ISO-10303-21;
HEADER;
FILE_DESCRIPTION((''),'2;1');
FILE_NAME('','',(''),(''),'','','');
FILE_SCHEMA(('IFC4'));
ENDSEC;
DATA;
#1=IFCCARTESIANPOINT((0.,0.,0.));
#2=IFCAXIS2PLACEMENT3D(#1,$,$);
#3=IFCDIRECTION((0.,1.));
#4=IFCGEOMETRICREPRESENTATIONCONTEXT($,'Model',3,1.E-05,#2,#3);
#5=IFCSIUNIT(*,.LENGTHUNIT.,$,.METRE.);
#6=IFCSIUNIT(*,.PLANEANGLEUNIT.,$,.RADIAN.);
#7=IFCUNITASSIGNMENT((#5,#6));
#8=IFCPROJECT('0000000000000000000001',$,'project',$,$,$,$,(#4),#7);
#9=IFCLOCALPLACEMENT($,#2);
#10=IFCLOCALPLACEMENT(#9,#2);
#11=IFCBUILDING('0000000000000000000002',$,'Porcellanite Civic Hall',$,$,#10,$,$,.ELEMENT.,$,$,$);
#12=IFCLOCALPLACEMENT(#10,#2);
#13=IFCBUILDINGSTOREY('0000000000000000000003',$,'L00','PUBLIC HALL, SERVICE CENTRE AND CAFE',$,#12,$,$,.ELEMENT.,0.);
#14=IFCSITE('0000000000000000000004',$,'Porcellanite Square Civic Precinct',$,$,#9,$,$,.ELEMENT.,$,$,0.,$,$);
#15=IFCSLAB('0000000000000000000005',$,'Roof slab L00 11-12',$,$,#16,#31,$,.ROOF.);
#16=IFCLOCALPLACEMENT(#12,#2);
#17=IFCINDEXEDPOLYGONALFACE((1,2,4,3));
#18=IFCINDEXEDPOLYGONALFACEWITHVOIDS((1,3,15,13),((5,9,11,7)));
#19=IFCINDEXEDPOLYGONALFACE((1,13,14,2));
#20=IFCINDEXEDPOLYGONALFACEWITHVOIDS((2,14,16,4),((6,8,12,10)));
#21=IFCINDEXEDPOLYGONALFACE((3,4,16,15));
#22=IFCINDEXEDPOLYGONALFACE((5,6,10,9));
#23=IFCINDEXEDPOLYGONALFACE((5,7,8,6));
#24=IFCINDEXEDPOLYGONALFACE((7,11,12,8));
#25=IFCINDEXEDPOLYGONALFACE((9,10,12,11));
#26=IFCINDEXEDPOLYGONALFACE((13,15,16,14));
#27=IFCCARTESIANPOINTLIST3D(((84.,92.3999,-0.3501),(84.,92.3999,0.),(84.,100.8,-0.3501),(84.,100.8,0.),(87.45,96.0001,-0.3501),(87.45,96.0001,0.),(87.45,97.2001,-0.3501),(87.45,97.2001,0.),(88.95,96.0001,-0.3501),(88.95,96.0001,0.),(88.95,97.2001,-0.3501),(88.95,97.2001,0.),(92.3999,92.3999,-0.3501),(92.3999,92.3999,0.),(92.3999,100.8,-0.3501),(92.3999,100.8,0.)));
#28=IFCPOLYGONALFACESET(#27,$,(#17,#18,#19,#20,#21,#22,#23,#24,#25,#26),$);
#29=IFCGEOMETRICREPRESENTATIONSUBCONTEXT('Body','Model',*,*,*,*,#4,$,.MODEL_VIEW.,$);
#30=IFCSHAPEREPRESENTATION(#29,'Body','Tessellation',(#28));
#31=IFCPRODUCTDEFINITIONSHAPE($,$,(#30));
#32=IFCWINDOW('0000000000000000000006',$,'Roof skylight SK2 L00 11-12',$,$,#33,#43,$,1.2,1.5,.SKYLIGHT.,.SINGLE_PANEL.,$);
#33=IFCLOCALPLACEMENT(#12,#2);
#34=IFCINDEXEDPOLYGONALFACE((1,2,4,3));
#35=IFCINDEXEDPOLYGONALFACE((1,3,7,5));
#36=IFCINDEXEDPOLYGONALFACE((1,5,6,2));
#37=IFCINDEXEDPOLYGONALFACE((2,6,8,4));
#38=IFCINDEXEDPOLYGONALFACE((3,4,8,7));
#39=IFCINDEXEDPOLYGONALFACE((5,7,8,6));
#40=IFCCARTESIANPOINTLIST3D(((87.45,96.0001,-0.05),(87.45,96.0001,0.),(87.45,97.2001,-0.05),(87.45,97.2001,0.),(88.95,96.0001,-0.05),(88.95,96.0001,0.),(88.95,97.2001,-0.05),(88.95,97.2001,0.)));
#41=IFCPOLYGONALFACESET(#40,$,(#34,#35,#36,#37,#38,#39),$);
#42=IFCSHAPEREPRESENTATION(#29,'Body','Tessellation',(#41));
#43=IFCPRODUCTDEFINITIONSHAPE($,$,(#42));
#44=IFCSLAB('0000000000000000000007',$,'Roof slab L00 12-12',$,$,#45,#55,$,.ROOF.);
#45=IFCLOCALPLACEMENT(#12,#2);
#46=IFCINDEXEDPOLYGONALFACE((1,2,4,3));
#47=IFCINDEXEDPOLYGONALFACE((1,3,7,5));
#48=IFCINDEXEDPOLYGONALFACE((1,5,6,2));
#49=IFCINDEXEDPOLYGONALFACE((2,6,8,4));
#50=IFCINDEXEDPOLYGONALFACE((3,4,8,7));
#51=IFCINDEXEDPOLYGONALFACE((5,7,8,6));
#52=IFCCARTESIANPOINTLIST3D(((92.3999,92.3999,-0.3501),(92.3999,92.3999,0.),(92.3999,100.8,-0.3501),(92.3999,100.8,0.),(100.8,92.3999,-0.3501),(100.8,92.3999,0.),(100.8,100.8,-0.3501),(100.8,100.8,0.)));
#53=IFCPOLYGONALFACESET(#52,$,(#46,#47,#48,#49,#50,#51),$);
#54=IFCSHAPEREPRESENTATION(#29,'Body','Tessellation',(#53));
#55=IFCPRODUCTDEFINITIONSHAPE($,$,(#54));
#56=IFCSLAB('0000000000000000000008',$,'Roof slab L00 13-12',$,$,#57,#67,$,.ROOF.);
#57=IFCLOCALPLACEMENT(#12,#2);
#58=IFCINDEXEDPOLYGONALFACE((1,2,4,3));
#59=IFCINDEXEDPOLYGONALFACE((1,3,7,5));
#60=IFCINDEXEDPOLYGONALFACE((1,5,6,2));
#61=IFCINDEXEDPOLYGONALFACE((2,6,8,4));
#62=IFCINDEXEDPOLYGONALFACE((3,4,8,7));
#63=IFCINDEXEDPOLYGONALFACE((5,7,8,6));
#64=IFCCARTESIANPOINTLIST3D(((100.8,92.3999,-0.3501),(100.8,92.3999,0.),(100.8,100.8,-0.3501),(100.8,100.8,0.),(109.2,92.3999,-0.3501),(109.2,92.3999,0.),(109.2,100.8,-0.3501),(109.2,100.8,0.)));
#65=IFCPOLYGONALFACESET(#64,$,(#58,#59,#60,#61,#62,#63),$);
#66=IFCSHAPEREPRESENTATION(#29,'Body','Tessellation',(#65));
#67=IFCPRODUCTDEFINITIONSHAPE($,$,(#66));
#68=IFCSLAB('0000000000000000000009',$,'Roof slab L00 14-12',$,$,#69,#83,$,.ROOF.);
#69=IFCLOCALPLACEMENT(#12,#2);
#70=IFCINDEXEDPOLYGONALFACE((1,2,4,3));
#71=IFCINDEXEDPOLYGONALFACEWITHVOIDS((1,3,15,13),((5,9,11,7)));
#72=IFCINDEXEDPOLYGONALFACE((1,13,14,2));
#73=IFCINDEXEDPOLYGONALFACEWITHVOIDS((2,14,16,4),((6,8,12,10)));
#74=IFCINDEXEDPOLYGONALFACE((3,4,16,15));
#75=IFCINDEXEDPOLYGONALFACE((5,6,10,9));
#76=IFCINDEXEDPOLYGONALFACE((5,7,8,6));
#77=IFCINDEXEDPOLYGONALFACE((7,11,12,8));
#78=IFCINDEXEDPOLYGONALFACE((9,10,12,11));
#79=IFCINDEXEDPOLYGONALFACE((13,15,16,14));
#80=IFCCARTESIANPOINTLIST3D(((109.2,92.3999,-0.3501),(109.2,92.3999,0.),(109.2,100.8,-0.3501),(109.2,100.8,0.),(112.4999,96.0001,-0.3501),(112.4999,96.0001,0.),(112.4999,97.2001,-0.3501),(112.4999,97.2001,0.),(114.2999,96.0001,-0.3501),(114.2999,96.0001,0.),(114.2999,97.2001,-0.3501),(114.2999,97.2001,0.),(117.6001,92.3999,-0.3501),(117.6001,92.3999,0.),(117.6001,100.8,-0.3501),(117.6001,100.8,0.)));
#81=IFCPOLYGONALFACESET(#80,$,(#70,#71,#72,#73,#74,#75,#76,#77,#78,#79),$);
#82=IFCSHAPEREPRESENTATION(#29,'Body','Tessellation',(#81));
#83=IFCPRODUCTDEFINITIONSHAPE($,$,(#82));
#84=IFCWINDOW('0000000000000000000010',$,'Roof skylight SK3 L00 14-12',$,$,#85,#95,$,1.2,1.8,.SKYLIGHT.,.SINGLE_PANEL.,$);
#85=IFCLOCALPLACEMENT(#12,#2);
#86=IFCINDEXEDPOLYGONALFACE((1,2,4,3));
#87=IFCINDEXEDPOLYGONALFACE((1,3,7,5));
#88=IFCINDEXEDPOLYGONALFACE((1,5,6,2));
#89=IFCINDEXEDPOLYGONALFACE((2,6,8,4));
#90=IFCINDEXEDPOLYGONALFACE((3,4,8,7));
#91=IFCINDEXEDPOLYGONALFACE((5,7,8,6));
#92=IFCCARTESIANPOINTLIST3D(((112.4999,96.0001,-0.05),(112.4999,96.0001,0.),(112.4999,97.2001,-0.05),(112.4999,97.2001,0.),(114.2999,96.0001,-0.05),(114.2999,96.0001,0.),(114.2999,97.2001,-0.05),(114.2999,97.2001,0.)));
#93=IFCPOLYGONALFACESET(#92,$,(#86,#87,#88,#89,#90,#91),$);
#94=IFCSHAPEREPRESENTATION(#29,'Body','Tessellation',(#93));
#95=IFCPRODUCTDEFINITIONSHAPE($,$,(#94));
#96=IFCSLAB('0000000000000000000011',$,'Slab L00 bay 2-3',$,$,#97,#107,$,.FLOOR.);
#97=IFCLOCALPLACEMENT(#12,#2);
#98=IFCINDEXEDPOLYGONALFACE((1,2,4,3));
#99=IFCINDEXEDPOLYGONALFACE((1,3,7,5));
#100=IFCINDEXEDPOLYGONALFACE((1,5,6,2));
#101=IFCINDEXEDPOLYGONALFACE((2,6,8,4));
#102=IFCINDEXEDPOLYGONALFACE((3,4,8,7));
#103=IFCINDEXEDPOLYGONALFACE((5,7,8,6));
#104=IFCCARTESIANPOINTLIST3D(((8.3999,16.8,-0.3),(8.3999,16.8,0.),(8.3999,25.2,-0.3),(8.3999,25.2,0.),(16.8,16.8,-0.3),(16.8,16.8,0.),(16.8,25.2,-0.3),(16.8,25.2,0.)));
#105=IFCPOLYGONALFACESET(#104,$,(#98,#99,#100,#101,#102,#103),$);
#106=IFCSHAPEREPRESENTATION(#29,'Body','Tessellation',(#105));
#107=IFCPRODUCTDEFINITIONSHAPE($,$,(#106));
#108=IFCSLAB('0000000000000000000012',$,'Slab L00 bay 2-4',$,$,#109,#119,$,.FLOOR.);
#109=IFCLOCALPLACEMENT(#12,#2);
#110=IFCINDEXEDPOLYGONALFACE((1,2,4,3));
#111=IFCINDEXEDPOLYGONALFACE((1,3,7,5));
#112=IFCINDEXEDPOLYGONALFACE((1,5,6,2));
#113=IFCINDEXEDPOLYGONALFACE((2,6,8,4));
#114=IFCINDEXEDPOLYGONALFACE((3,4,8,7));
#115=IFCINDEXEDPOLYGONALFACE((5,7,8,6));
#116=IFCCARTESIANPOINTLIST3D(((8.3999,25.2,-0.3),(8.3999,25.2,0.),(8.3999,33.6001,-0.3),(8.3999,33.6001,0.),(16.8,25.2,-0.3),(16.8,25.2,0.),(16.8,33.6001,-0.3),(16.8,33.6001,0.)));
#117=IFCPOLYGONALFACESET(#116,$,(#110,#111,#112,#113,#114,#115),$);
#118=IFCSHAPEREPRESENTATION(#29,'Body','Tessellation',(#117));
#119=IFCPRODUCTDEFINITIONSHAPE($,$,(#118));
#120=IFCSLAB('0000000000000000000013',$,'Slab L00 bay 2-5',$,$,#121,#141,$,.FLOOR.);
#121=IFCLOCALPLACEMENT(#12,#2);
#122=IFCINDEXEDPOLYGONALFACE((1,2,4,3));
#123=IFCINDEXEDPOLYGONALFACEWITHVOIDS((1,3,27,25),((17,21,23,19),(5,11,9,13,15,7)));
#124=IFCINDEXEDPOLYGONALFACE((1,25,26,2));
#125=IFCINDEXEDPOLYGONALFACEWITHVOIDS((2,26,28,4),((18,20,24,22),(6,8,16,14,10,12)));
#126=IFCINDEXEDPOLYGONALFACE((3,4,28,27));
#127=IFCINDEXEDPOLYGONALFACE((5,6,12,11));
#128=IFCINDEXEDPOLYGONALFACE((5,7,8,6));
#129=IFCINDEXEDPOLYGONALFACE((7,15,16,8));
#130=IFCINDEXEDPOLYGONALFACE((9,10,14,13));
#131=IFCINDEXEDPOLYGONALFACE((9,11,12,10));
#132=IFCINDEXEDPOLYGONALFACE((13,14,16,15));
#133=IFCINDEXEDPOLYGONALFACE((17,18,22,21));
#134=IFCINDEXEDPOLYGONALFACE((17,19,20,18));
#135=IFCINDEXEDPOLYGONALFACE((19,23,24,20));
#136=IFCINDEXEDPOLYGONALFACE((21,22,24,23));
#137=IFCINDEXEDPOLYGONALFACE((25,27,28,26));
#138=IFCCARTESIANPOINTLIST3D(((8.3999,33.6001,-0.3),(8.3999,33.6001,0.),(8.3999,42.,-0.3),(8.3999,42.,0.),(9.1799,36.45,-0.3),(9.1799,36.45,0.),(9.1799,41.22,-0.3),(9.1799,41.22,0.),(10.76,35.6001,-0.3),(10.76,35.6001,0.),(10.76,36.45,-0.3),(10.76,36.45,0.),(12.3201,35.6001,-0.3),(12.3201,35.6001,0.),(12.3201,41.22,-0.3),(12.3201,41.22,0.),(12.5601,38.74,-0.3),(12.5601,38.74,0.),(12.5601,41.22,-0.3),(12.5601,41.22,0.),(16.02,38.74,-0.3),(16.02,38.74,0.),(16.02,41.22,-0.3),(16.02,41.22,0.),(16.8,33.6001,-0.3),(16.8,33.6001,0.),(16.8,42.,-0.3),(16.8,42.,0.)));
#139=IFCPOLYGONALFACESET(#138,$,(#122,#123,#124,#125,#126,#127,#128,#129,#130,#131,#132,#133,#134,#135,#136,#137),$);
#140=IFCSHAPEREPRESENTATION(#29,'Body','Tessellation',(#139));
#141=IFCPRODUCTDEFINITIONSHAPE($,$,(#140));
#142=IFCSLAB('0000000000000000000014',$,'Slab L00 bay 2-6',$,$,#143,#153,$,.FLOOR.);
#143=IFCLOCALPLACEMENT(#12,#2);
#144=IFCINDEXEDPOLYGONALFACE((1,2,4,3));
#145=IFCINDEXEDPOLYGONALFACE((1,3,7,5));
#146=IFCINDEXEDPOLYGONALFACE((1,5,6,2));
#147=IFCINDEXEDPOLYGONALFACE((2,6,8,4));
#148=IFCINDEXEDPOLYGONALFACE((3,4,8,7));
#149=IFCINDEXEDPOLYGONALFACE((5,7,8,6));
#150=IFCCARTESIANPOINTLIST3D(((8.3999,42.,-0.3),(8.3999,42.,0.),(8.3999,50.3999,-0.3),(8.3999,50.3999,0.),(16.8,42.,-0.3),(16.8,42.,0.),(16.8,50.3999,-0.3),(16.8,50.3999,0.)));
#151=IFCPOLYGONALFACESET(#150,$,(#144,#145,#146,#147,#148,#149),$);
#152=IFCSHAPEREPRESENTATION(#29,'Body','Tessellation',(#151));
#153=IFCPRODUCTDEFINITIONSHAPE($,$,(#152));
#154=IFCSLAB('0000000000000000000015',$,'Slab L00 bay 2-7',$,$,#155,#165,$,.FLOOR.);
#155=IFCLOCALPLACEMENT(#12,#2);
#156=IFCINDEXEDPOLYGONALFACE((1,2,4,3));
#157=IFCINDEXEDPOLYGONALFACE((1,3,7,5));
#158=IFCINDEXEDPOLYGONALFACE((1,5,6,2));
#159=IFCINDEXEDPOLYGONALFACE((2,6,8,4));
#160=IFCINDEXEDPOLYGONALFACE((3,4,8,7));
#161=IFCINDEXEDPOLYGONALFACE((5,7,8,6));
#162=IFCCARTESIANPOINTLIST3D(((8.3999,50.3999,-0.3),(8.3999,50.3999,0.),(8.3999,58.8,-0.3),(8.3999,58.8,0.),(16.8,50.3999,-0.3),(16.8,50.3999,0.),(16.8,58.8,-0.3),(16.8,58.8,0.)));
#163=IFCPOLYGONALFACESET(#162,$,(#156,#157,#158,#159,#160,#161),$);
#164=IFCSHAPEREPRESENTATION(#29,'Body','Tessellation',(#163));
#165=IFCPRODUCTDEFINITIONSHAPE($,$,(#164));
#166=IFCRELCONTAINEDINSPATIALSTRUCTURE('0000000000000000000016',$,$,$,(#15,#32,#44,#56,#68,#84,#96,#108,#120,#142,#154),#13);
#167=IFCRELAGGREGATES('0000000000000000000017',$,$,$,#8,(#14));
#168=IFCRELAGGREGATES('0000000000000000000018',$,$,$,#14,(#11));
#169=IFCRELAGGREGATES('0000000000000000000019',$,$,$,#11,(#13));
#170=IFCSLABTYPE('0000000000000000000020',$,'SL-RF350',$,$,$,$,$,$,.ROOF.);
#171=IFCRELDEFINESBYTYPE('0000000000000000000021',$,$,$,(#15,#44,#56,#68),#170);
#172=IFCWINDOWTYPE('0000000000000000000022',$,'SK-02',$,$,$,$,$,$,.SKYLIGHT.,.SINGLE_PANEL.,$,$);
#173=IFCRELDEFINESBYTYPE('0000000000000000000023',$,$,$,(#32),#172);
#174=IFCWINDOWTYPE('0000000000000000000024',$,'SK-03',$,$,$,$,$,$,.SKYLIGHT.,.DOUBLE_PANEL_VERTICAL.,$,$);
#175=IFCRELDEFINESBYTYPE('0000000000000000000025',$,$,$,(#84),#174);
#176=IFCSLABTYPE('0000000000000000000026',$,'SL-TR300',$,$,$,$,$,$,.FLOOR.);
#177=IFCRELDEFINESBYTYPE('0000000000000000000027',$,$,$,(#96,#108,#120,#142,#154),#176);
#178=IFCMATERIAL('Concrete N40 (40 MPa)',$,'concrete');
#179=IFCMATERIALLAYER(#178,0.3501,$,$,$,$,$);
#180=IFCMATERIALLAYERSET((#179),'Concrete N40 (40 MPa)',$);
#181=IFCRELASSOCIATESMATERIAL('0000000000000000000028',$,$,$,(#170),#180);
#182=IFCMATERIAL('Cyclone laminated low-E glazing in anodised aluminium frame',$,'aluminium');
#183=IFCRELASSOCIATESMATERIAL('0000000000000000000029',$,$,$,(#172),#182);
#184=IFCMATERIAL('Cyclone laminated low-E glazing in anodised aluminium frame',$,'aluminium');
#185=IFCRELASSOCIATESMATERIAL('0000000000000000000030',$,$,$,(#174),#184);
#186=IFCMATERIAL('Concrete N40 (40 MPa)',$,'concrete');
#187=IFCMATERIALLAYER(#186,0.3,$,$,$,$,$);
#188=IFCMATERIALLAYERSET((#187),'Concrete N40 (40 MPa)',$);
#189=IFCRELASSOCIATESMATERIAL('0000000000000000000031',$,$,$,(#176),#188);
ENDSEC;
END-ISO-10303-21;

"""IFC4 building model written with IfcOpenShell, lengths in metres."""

from ifc_helpers import new_model, si_unit, direction, frame, origin, origin_2d, place, context, subcontext, project, spatial, polyline, rectangle, outline, extrude, material, layer, layer_set, type_object, element, fill, save


model = new_model("IFC4")

# Units and contexts
model_context = context("Model", 3, precision=1e-05, world=origin(), true_north=direction((0.0, 1.0)))
body_context = subcontext(model_context, "Body", "Model", "MODEL_VIEW")
ifc_project = project(units=[si_unit("LENGTHUNIT", "METRE"), si_unit("PLANEANGLEUNIT", "RADIAN")], contexts=[model_context])

# Site, building, storey
site_placement = place(None, origin())
site = spatial("IfcSite", under=ifc_project, at=site_placement, Name="Porcellanite Square Civic Precinct", CompositionType="ELEMENT", RefElevation=0.0)
building_placement = place(site_placement, origin())
building = spatial("IfcBuilding", under=site, at=building_placement, Name="Porcellanite Civic Hall", CompositionType="ELEMENT")
storey_placement = place(building_placement, origin())
storey = spatial("IfcBuildingStorey", under=building, at=storey_placement, Name="L00", Description="PUBLIC HALL, SERVICE CENTRE AND CAFE", CompositionType="ELEMENT", Elevation=0.0)

# Shared definitions
ifc_material_1 = material(Name="Concrete N40 (40 MPa)", Category="concrete")
ifc_layer_1 = layer(ifc_material_1, 0.3501)
ifc_layer_set_1 = layer_set([ifc_layer_1], Name="Concrete N40 (40 MPa)")
slab_type_1 = type_object("IfcSlabType", Name="SL-RF350", PredefinedType="ROOF", material=ifc_layer_set_1)

# Slab, opening, window
slab_1_placement = place(storey_placement, frame((0.0, 0.0, -0.3501)))
slab_1 = element("IfcSlab", 1, at=slab_1_placement, inside=storey, type_object=slab_type_1, Name="Roof slab L00 11-12", PredefinedType="ROOF", context=body_context, shape_type="SweptSolid", body=[
    extrude(outline(polyline([(84.0, 92.3999), (92.3999, 92.3999), (92.3999, 100.8), (84.0, 100.8), (84.0, 92.3999)])), origin(), (0.0, 0.0, 1.0), 0.3501),
])
opening_1_placement = place(slab_1_placement, frame((88.2, 96.6001, 0.0)))
opening_1 = element("IfcOpeningElement", 2, at=opening_1_placement, cuts=slab_1, PredefinedType="OPENING", context=body_context, shape_type="SweptSolid", body=[
    extrude(rectangle(XDim=1.5, YDim=1.2, at=origin_2d()), origin(), (0.0, 0.0, 1.0), 0.3501),
])
ifc_material_2 = material(Name="Cyclone laminated low-E glazing in anodised aluminium frame", Category="aluminium")
window_type_1 = type_object("IfcWindowType", Name="SK-02", PartitioningType="SINGLE_PANEL", PredefinedType="SKYLIGHT", material=ifc_material_2)
window_1_placement = place(opening_1_placement, frame((0.0, 0.0, 0.3)))
window_1 = element("IfcWindow", 3, at=window_1_placement, inside=storey, type_object=window_type_1, Name="Roof skylight SK2 L00 11-12", OverallHeight=1.2, OverallWidth=1.5, PartitioningType="SINGLE_PANEL", PredefinedType="SKYLIGHT", context=body_context, shape_type="SweptSolid", body=[
    extrude(rectangle(XDim=1.5, YDim=1.2, at=origin_2d()), origin(), (0.0, 0.0, 1.0), 0.05),
])
fill(opening_1, window_1)

# Slabs
slab_2_placement = place(storey_placement, frame((0.0, 0.0, -0.3501)))
element("IfcSlab", 4, at=slab_2_placement, inside=storey, type_object=slab_type_1, Name="Roof slab L00 12-12", PredefinedType="ROOF", context=body_context, shape_type="SweptSolid", body=[
    extrude(outline(polyline([(92.3999, 92.3999), (100.8, 92.3999), (100.8, 100.8), (92.3999, 100.8), (92.3999, 92.3999)])), origin(), (0.0, 0.0, 1.0), 0.3501),
])
slab_3_placement = place(storey_placement, frame((0.0, 0.0, -0.3501)))
element("IfcSlab", 5, at=slab_3_placement, inside=storey, type_object=slab_type_1, Name="Roof slab L00 13-12", PredefinedType="ROOF", context=body_context, shape_type="SweptSolid", body=[
    extrude(outline(polyline([(100.8, 92.3999), (109.2, 92.3999), (109.2, 100.8), (100.8, 100.8), (100.8, 92.3999)])), origin(), (0.0, 0.0, 1.0), 0.3501),
])

# Slab, opening, window
slab_4_placement = place(storey_placement, frame((0.0, 0.0, -0.3501)))
slab_4 = element("IfcSlab", 6, at=slab_4_placement, inside=storey, type_object=slab_type_1, Name="Roof slab L00 14-12", PredefinedType="ROOF", context=body_context, shape_type="SweptSolid", body=[
    extrude(outline(polyline([(109.2, 92.3999), (117.6001, 92.3999), (117.6001, 100.8), (109.2, 100.8), (109.2, 92.3999)])), origin(), (0.0, 0.0, 1.0), 0.3501),
])
opening_2_placement = place(slab_4_placement, frame((113.3999, 96.6001, 0.0)))
opening_2 = element("IfcOpeningElement", 7, at=opening_2_placement, cuts=slab_4, PredefinedType="OPENING", context=body_context, shape_type="SweptSolid", body=[
    extrude(rectangle(XDim=1.8, YDim=1.2, at=origin_2d()), origin(), (0.0, 0.0, 1.0), 0.3501),
])
ifc_material_3 = material(Name="Cyclone laminated low-E glazing in anodised aluminium frame", Category="aluminium")
window_type_2 = type_object("IfcWindowType", Name="SK-03", PartitioningType="DOUBLE_PANEL_VERTICAL", PredefinedType="SKYLIGHT", material=ifc_material_3)
window_2_placement = place(opening_2_placement, frame((0.0, 0.0, 0.3)))
window_2 = element("IfcWindow", 8, at=window_2_placement, inside=storey, type_object=window_type_2, Name="Roof skylight SK3 L00 14-12", OverallHeight=1.2, OverallWidth=1.8, PartitioningType="SINGLE_PANEL", PredefinedType="SKYLIGHT", context=body_context, shape_type="SweptSolid", body=[
    extrude(rectangle(XDim=1.8, YDim=1.2, at=origin_2d()), origin(), (0.0, 0.0, 1.0), 0.05),
])
fill(opening_2, window_2)

# Slabs
ifc_material_4 = material(Name="Concrete N40 (40 MPa)", Category="concrete")
ifc_layer_2 = layer(ifc_material_4, 0.3)
ifc_layer_set_2 = layer_set([ifc_layer_2], Name="Concrete N40 (40 MPa)")
slab_type_2 = type_object("IfcSlabType", Name="SL-TR300", PredefinedType="FLOOR", material=ifc_layer_set_2)
slab_5_placement = place(storey_placement, frame((0.0, 0.0, -0.3)))
element("IfcSlab", 9, at=slab_5_placement, inside=storey, type_object=slab_type_2, Name="Slab L00 bay 2-3", PredefinedType="FLOOR", context=body_context, shape_type="SweptSolid", body=[
    extrude(outline(polyline([(8.3999, 16.8), (16.8, 16.8), (16.8, 25.2), (8.3999, 25.2), (8.3999, 16.8)])), origin(), (0.0, 0.0, 1.0), 0.3),
])
slab_6_placement = place(storey_placement, frame((0.0, 0.0, -0.3)))
element("IfcSlab", 10, at=slab_6_placement, inside=storey, type_object=slab_type_2, Name="Slab L00 bay 2-4", PredefinedType="FLOOR", context=body_context, shape_type="SweptSolid", body=[
    extrude(outline(polyline([(8.3999, 25.2), (16.8, 25.2), (16.8, 33.6001), (8.3999, 33.6001), (8.3999, 25.2)])), origin(), (0.0, 0.0, 1.0), 0.3),
])
slab_7_placement = place(storey_placement, frame((0.0, 0.0, -0.3)))
element("IfcSlab", 11, at=slab_7_placement, inside=storey, type_object=slab_type_2, Name="Slab L00 bay 2-5", PredefinedType="FLOOR", context=body_context, shape_type="SweptSolid", body=[
    extrude(outline(polyline([(8.3999, 33.6001), (16.8, 33.6001), (16.8, 42.0), (8.3999, 42.0), (8.3999, 33.6001)]), holes=[polyline([(9.1799, 36.45), (10.76, 36.45), (10.76, 35.6001), (12.3201, 35.6001), (12.3201, 41.22), (9.1799, 41.22), (9.1799, 36.45)]), polyline([(12.5601, 38.74), (16.02, 38.74), (16.02, 41.22), (12.5601, 41.22), (12.5601, 38.74)])]), origin(), (0.0, 0.0, 1.0), 0.3),
])
slab_8_placement = place(storey_placement, frame((0.0, 0.0, -0.3)))
element("IfcSlab", 12, at=slab_8_placement, inside=storey, type_object=slab_type_2, Name="Slab L00 bay 2-6", PredefinedType="FLOOR", context=body_context, shape_type="SweptSolid", body=[
    extrude(outline(polyline([(8.3999, 42.0), (16.8, 42.0), (16.8, 50.3999), (8.3999, 50.3999), (8.3999, 42.0)])), origin(), (0.0, 0.0, 1.0), 0.3),
])
slab_9_placement = place(storey_placement, frame((0.0, 0.0, -0.3)))
element("IfcSlab", 13, at=slab_9_placement, inside=storey, type_object=slab_type_2, Name="Slab L00 bay 2-7", PredefinedType="FLOOR", context=body_context, shape_type="SweptSolid", body=[
    extrude(outline(polyline([(8.3999, 50.3999), (16.8, 50.3999), (16.8, 58.8), (8.3999, 58.8), (8.3999, 50.3999)])), origin(), (0.0, 0.0, 1.0), 0.3),
])

save(model, "model.ifc")
